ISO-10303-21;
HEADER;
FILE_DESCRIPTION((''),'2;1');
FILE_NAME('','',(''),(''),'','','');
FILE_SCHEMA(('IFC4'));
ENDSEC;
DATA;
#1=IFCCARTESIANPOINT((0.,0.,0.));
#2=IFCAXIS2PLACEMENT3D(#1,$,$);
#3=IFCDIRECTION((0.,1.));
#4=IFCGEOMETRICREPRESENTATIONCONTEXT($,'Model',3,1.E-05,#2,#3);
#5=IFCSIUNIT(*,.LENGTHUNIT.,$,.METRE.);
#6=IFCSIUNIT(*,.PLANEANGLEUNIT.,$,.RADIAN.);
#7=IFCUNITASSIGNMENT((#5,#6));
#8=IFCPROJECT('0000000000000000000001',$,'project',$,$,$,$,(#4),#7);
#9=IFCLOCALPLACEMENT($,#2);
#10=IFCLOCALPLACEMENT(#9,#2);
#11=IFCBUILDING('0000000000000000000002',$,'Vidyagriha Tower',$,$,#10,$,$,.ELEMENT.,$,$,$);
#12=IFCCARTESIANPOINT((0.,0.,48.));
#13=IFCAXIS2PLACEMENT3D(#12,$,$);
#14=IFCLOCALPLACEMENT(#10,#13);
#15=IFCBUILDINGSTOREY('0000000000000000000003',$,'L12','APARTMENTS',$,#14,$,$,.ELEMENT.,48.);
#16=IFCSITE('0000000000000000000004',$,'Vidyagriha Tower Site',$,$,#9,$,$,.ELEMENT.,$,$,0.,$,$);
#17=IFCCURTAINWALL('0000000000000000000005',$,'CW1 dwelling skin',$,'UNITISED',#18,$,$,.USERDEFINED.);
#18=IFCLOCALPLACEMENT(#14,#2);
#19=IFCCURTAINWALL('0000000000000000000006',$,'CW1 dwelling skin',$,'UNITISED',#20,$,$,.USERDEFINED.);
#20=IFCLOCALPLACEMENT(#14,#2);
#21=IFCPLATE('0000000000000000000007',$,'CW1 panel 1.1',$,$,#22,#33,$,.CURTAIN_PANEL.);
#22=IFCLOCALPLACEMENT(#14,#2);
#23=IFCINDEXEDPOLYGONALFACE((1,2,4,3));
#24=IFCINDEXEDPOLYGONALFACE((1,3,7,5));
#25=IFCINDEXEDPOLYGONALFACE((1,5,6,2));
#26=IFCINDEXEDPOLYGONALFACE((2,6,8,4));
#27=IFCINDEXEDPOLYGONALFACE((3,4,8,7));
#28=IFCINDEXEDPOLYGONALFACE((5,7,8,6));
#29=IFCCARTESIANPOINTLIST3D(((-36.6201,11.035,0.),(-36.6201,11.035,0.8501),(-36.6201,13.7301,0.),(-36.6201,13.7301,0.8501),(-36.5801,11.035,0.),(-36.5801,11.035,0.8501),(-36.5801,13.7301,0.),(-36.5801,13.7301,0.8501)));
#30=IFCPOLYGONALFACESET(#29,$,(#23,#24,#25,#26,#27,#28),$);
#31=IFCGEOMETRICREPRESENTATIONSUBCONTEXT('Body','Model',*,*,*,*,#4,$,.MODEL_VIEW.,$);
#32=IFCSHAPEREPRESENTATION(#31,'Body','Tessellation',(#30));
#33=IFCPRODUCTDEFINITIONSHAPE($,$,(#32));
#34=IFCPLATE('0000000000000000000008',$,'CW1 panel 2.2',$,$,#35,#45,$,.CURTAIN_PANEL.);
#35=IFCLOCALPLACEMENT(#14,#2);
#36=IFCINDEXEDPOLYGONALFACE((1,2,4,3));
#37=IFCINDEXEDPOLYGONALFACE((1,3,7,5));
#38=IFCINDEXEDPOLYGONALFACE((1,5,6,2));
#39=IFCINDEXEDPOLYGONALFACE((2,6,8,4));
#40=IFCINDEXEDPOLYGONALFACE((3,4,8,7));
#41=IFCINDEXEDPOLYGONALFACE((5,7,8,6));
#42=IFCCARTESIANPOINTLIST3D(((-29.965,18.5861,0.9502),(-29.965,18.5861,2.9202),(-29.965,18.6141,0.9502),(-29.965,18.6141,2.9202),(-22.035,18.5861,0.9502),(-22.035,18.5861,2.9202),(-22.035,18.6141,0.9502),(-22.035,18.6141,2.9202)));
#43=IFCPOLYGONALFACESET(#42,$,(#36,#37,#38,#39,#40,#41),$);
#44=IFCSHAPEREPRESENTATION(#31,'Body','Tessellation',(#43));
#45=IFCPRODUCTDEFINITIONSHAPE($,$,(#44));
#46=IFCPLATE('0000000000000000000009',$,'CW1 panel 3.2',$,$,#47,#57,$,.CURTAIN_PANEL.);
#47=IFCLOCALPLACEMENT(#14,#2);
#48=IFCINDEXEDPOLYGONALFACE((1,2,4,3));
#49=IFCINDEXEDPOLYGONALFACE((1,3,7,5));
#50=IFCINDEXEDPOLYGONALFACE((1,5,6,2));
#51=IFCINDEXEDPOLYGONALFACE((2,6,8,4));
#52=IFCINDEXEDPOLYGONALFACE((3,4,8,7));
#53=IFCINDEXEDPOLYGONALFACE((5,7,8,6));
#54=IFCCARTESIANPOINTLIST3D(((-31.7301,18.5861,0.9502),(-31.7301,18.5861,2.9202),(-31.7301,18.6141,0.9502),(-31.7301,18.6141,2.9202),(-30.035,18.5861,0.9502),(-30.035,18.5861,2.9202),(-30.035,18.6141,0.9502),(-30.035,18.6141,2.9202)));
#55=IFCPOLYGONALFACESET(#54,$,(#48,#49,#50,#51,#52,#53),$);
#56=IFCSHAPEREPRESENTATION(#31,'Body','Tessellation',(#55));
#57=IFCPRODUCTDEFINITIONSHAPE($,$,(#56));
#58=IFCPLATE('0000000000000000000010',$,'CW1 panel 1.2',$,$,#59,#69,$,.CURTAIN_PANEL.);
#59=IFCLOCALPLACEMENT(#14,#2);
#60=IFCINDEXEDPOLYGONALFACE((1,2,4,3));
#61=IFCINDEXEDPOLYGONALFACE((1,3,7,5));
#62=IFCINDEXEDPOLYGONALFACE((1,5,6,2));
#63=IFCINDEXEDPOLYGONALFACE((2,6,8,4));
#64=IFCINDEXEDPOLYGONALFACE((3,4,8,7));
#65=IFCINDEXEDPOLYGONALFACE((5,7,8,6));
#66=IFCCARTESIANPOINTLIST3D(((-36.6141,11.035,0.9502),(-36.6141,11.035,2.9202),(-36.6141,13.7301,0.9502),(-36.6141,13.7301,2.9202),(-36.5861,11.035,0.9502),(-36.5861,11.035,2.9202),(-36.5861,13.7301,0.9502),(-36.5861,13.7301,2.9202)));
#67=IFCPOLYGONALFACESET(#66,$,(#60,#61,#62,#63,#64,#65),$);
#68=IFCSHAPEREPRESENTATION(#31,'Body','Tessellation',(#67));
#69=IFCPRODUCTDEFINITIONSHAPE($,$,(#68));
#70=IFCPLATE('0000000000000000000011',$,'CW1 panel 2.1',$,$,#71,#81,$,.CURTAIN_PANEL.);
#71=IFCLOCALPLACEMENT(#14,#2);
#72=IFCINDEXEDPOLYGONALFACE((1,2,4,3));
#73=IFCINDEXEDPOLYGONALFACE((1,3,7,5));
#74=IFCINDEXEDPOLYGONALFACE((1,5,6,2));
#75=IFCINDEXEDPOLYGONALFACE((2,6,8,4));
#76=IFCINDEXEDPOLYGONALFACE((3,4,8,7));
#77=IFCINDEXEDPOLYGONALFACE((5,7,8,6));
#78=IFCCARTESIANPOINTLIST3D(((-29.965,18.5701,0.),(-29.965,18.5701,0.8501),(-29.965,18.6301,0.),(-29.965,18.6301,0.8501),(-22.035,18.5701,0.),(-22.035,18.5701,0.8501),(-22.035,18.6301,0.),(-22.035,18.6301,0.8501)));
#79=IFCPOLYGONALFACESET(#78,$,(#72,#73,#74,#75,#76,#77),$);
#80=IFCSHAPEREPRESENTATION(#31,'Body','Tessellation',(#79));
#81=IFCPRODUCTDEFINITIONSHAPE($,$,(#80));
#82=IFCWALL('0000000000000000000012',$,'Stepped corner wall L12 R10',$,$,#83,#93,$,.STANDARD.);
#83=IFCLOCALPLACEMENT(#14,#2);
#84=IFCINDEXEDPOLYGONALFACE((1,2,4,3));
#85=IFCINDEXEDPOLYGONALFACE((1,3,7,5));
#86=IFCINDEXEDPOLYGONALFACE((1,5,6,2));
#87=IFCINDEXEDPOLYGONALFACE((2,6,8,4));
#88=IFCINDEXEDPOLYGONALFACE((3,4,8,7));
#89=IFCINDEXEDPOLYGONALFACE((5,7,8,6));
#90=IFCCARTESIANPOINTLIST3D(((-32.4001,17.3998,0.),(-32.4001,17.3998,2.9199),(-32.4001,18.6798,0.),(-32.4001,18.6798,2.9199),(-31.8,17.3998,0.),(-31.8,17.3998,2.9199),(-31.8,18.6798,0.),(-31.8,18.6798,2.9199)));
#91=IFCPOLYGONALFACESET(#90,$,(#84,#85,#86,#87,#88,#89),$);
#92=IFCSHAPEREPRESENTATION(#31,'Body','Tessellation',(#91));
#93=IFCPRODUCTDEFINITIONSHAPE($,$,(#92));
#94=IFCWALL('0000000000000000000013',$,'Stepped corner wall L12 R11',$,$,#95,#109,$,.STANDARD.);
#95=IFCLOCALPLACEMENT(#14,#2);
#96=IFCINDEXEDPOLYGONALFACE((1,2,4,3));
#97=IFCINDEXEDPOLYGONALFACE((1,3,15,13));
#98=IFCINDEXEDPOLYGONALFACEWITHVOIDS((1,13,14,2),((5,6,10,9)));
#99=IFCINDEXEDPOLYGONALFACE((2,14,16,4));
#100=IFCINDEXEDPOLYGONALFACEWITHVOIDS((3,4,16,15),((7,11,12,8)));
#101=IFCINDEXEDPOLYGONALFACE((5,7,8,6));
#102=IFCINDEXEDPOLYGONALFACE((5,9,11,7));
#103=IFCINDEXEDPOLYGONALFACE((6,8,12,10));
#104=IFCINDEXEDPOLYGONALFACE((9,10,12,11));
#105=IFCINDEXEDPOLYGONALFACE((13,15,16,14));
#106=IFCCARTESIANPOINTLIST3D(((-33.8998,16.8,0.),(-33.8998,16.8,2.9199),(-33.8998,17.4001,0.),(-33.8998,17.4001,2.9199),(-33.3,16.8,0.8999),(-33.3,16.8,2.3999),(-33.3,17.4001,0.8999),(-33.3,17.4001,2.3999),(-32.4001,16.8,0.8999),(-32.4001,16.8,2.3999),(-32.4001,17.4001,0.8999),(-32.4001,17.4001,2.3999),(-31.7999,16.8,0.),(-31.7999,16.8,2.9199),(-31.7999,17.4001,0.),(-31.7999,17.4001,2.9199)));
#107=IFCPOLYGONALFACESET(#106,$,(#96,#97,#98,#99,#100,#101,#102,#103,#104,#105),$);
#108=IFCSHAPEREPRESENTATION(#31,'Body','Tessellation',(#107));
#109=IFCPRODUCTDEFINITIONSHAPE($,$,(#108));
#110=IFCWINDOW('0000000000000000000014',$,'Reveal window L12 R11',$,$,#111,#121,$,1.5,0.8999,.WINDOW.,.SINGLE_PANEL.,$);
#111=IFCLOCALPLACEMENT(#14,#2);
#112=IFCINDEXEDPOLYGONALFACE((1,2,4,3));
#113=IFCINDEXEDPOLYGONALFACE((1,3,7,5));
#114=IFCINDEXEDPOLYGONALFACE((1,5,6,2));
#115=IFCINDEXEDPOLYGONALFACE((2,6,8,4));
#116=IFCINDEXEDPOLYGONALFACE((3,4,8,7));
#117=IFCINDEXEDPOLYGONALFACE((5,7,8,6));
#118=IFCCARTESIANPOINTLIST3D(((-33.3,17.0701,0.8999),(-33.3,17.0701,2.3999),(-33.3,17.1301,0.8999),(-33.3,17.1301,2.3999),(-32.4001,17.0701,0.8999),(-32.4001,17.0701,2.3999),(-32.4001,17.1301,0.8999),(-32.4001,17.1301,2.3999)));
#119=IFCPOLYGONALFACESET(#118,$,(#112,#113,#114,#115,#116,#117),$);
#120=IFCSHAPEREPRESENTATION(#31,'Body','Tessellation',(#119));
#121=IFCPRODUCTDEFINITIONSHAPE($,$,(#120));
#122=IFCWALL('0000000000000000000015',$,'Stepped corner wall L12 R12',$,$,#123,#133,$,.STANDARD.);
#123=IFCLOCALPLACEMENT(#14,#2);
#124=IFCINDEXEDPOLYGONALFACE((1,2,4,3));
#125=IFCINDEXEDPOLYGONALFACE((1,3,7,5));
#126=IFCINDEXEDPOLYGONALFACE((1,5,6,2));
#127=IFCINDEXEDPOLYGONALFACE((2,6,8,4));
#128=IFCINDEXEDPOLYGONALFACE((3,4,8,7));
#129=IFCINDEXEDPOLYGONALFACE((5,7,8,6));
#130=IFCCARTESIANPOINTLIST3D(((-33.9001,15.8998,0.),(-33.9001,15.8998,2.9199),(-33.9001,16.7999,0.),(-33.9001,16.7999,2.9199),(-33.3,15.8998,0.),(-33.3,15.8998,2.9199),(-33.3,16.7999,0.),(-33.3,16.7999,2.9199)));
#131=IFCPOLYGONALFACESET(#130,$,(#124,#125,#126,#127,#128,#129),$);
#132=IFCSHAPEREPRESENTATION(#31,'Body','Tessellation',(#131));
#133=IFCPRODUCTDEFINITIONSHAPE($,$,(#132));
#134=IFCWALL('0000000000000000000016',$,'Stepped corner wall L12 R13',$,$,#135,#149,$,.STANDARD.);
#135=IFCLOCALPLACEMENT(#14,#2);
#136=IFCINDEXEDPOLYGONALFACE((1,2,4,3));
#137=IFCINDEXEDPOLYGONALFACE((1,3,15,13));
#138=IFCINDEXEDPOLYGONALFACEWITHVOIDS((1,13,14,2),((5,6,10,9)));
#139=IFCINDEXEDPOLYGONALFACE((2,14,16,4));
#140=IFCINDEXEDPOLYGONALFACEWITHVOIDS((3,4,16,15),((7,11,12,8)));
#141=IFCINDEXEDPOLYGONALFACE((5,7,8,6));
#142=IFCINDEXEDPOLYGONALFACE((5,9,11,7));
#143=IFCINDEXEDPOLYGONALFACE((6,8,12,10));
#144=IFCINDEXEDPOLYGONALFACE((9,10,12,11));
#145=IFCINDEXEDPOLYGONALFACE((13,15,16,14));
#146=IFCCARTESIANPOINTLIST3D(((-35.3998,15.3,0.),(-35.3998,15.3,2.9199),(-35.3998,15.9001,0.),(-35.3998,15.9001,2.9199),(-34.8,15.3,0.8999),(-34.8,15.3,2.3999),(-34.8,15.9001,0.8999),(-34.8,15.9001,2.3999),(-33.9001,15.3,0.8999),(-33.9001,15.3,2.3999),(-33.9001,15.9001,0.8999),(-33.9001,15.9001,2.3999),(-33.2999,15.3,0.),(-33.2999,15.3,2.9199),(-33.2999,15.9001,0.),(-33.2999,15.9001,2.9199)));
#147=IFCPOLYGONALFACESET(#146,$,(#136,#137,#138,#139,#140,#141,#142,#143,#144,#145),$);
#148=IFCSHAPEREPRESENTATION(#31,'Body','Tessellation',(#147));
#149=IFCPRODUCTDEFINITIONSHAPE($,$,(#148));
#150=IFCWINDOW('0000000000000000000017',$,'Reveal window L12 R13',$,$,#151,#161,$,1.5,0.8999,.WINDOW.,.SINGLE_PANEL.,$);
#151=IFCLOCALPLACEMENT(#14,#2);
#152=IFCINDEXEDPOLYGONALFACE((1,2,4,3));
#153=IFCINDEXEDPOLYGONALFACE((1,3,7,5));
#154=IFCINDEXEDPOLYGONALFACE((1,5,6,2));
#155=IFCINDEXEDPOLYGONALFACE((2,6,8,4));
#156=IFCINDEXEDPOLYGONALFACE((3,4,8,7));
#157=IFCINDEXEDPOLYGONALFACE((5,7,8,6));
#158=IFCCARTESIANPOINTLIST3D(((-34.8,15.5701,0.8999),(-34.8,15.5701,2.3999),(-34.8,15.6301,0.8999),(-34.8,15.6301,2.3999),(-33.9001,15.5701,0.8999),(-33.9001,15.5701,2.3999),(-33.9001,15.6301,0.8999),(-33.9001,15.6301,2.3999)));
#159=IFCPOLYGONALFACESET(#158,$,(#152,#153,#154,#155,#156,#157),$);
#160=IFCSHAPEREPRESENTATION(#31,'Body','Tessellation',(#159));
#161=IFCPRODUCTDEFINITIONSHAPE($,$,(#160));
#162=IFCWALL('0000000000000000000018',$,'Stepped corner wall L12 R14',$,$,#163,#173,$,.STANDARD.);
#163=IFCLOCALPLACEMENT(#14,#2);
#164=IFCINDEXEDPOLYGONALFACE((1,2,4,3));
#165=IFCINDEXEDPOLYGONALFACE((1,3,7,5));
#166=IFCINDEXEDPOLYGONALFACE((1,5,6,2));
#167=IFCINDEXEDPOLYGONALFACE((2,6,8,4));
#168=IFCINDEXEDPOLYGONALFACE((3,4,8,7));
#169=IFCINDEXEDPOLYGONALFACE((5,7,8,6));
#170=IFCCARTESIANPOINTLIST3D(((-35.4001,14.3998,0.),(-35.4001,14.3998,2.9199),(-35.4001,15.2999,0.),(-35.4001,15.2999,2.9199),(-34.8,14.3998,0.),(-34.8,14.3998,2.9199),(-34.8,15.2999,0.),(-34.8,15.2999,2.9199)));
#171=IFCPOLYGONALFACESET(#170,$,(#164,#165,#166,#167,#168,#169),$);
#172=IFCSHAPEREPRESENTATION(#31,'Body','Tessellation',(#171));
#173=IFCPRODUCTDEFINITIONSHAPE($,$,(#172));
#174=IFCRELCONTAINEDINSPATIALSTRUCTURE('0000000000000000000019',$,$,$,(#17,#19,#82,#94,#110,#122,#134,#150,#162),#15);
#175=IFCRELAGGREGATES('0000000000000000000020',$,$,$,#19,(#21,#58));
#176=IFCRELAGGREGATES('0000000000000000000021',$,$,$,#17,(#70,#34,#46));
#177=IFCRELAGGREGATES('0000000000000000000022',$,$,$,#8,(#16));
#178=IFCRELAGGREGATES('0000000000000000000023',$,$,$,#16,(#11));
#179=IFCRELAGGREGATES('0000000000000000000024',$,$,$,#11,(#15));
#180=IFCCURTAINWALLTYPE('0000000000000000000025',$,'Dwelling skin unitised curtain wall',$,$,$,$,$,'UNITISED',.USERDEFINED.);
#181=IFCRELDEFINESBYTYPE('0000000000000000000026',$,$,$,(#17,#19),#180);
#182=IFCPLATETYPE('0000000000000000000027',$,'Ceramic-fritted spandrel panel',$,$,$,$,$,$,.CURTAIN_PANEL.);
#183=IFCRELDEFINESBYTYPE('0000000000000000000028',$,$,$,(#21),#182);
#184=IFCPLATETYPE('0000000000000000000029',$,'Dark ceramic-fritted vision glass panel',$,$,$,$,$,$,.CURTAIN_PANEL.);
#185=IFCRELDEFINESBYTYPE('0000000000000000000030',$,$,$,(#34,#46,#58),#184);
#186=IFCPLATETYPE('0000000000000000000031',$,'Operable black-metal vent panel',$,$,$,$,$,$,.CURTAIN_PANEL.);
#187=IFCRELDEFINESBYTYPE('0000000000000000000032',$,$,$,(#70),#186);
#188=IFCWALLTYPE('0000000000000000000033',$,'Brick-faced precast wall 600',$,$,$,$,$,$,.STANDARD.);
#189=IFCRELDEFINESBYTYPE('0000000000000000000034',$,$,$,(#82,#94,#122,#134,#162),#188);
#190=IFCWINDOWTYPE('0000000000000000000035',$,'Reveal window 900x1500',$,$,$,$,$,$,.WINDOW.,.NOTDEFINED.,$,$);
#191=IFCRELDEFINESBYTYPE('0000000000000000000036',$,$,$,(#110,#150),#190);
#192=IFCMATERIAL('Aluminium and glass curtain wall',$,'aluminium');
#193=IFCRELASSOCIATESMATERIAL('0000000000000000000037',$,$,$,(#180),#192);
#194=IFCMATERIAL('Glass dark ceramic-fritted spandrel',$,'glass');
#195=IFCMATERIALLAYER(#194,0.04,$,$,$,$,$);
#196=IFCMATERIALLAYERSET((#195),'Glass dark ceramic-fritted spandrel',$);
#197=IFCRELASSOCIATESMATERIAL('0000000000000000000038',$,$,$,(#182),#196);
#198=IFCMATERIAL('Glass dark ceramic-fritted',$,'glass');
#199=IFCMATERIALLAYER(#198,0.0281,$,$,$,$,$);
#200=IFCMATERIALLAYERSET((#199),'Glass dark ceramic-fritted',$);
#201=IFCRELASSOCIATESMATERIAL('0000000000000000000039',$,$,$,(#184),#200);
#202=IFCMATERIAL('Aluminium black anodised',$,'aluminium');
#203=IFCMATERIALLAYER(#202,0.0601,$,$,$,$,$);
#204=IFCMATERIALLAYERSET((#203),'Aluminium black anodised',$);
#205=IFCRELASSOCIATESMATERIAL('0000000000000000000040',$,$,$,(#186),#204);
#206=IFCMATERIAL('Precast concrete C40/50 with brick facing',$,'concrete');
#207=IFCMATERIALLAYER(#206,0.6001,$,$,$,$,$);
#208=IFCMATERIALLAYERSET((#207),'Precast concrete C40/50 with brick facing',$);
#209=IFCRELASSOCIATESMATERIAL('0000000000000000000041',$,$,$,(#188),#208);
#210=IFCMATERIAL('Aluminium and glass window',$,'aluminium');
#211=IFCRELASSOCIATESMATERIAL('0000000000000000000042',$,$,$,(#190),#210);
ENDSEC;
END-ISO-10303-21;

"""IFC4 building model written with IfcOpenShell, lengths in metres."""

from ifc_helpers import new_model, si_unit, direction, frame, frame_2d, origin, origin_2d, place, context, subcontext, project, spatial, rectangle, extrude, material, layer, layer_set, type_object, element, fill, aggregate, save


model = new_model("IFC4")

# Units and contexts
model_context = context("Model", 3, precision=1e-05, world=origin(), true_north=direction((0.0, 1.0)))
body_context = subcontext(model_context, "Body", "Model", "MODEL_VIEW")
ifc_project = project(units=[si_unit("LENGTHUNIT", "METRE"), si_unit("PLANEANGLEUNIT", "RADIAN")], contexts=[model_context])

# Site, building, storey
site_placement = place(None, origin())
site = spatial("IfcSite", under=ifc_project, at=site_placement, Name="Vidyagriha Tower Site", CompositionType="ELEMENT", RefElevation=0.0)
building_placement = place(site_placement, origin())
building = spatial("IfcBuilding", under=site, at=building_placement, Name="Vidyagriha Tower", CompositionType="ELEMENT")
storey_placement = place(building_placement, frame((0.0, 0.0, 48.0)))
storey = spatial("IfcBuildingStorey", under=building, at=storey_placement, Name="L12", Description="APARTMENTS", CompositionType="ELEMENT", Elevation=48.0)

# Curtain wall
ifc_material_1 = material(Name="Aluminium and glass curtain wall", Category="aluminium")
curtain_wall_type = type_object("IfcCurtainWallType", Name="Dwelling skin unitised curtain wall", ElementType="UNITISED", PredefinedType="USERDEFINED", material=ifc_material_1)
curtain_wall_1_placement = place(storey_placement, origin())
curtain_wall_1 = element("IfcCurtainWall", 1, at=curtain_wall_1_placement, inside=storey, type_object=curtain_wall_type, Name="CW1 dwelling skin", ObjectType="UNITISED", PredefinedType="USERDEFINED")

# Curtain wall
curtain_wall_2_placement = place(storey_placement, origin())
curtain_wall_2 = element("IfcCurtainWall", 2, at=curtain_wall_2_placement, inside=storey, type_object=curtain_wall_type, Name="CW1 dwelling skin", ObjectType="UNITISED", PredefinedType="USERDEFINED")

# Plates
ifc_material_2 = material(Name="Glass dark ceramic-fritted spandrel", Category="glass")
ifc_layer_1 = layer(ifc_material_2, 0.04)
ifc_layer_set_1 = layer_set([ifc_layer_1], Name="Glass dark ceramic-fritted spandrel")
plate_type_1 = type_object("IfcPlateType", Name="Ceramic-fritted spandrel panel", PredefinedType="CURTAIN_PANEL", material=ifc_layer_set_1)
plate_1_placement = place(storey_placement, frame((-36.6001, 12.3826, 0.0), z_axis=(0.0, 0.0, 1.0), x_axis=(0.0, -1.0, 0.0)))
plate_1 = element("IfcPlate", 3, at=plate_1_placement, type_object=plate_type_1, Name="CW1 panel 1.1", PredefinedType="CURTAIN_PANEL", context=body_context, shape_type="SweptSolid", body=[
    extrude(rectangle(XDim=2.6951, YDim=0.04, at=origin_2d()), origin(), (0.0, 0.0, 1.0), 0.8501),
])
ifc_material_3 = material(Name="Glass dark ceramic-fritted", Category="glass")
ifc_layer_2 = layer(ifc_material_3, 0.0281)
ifc_layer_set_2 = layer_set([ifc_layer_2], Name="Glass dark ceramic-fritted")
plate_type_2 = type_object("IfcPlateType", Name="Dark ceramic-fritted vision glass panel", PredefinedType="CURTAIN_PANEL", material=ifc_layer_set_2)
plate_2_placement = place(storey_placement, frame((-26.0, 18.6001, 0.9502), z_axis=(0.0, 0.0, 1.0), x_axis=(-1.0, 0.0, 0.0)))
plate_2 = element("IfcPlate", 4, at=plate_2_placement, type_object=plate_type_2, Name="CW1 panel 2.2", PredefinedType="CURTAIN_PANEL", context=body_context, shape_type="SweptSolid", body=[
    extrude(rectangle(XDim=7.9299, YDim=0.0281, at=origin_2d()), origin(), (0.0, 0.0, 1.0), 1.97),
])
plate_3_placement = place(storey_placement, frame((-30.8826, 18.6001, 0.9502), z_axis=(0.0, 0.0, 1.0), x_axis=(-1.0, 0.0, 0.0)))
plate_3 = element("IfcPlate", 5, at=plate_3_placement, type_object=plate_type_2, Name="CW1 panel 3.2", PredefinedType="CURTAIN_PANEL", context=body_context, shape_type="SweptSolid", body=[
    extrude(rectangle(XDim=1.6951, YDim=0.0281, at=origin_2d()), origin(), (0.0, 0.0, 1.0), 1.97),
])
plate_4_placement = place(storey_placement, frame((-36.6001, 12.3826, 0.9502), z_axis=(0.0, 0.0, 1.0), x_axis=(0.0, -1.0, 0.0)))
plate_4 = element("IfcPlate", 6, at=plate_4_placement, type_object=plate_type_2, Name="CW1 panel 1.2", PredefinedType="CURTAIN_PANEL", context=body_context, shape_type="SweptSolid", body=[
    extrude(rectangle(XDim=2.6951, YDim=0.0281, at=origin_2d()), origin(), (0.0, 0.0, 1.0), 1.97),
])
aggregate(curtain_wall_2, [plate_1, plate_4])
ifc_material_4 = material(Name="Aluminium black anodised", Category="aluminium")
ifc_layer_3 = layer(ifc_material_4, 0.0601)
ifc_layer_set_3 = layer_set([ifc_layer_3], Name="Aluminium black anodised")
plate_type_3 = type_object("IfcPlateType", Name="Operable black-metal vent panel", PredefinedType="CURTAIN_PANEL", material=ifc_layer_set_3)
plate_5_placement = place(storey_placement, frame((-26.0, 18.6001, 0.0), z_axis=(0.0, 0.0, 1.0), x_axis=(-1.0, 0.0, 0.0)))
plate_5 = element("IfcPlate", 7, at=plate_5_placement, type_object=plate_type_3, Name="CW1 panel 2.1", PredefinedType="CURTAIN_PANEL", context=body_context, shape_type="SweptSolid", body=[
    extrude(rectangle(XDim=7.9299, YDim=0.0601, at=origin_2d()), origin(), (0.0, 0.0, 1.0), 0.8501),
])
aggregate(curtain_wall_1, [plate_5, plate_2, plate_3])

# Wall
ifc_material_5 = material(Name="Precast concrete C40/50 with brick facing", Category="concrete")
ifc_layer_4 = layer(ifc_material_5, 0.6001)
ifc_layer_set_4 = layer_set([ifc_layer_4], Name="Precast concrete C40/50 with brick facing")
wall_type_1 = type_object("IfcWallType", Name="Brick-faced precast wall 600", PredefinedType="STANDARD", material=ifc_layer_set_4)
wall_1_placement = place(storey_placement, frame((-32.1001, 18.6799, 0.0), z_axis=(0.0, 0.0, 1.0), x_axis=(0.0, -1.0, 0.0)))
element("IfcWall", 8, at=wall_1_placement, inside=storey, type_object=wall_type_1, Name="Stepped corner wall L12 R10", PredefinedType="STANDARD", context=body_context, shape_type="SweptSolid", body=[
    extrude(rectangle(XDim=1.28, YDim=0.6001, at=frame_2d((0.6401, 0.0))), origin(), (0.0, 0.0, 1.0), 2.9199),
])

# Wall, opening, window
wall_2_placement = place(storey_placement, frame((-31.8, 17.1001, 0.0), z_axis=(0.0, 0.0, 1.0), x_axis=(-1.0, 0.0, 0.0)))
wall_2 = element("IfcWall", 9, at=wall_2_placement, inside=storey, type_object=wall_type_1, Name="Stepped corner wall L12 R11", PredefinedType="STANDARD", context=body_context, shape_type="SweptSolid", body=[
    extrude(rectangle(XDim=2.0999, YDim=0.6001, at=frame_2d((1.0498, 0.0))), origin(), (0.0, 0.0, 1.0), 2.9199),
])
opening_1_placement = place(wall_2_placement, frame((0.6001, 0.0, 0.8999)))
opening_1 = element("IfcOpeningElement", 10, at=opening_1_placement, cuts=wall_2, PredefinedType="OPENING", context=body_context, shape_type="SweptSolid", body=[
    extrude(rectangle(XDim=0.8999, YDim=1.5, at=frame_2d((0.45, 0.75))), frame((0.0, 0.3101, 0.0), z_axis=(0.0, -1.0, 0.0), x_axis=(1.0, 0.0, 0.0)), (0.0, 0.0, 1.0), 0.6201),
])
ifc_material_6 = material(Name="Aluminium and glass window", Category="aluminium")
window_type = type_object("IfcWindowType", Name="Reveal window 900x1500", PartitioningType="NOTDEFINED", PredefinedType="WINDOW", material=ifc_material_6)
window_1_placement = place(opening_1_placement, origin())
window_1 = element("IfcWindow", 11, at=window_1_placement, inside=storey, type_object=window_type, Name="Reveal window L12 R11", OverallHeight=1.5, OverallWidth=0.8999, PartitioningType="SINGLE_PANEL", PredefinedType="WINDOW", context=body_context, shape_type="SweptSolid", body=[
    extrude(rectangle(XDim=0.8999, YDim=1.5, at=frame_2d((0.45, 0.75))), frame((0.0, 0.03, 0.0), z_axis=(0.0, -1.0, 0.0), x_axis=(1.0, 0.0, 0.0)), (0.0, 0.0, 1.0), 0.0601),
])
fill(opening_1, window_1)

# Wall
wall_3_placement = place(storey_placement, frame((-33.6001, 16.8, 0.0), z_axis=(0.0, 0.0, 1.0), x_axis=(0.0, -1.0, 0.0)))
element("IfcWall", 12, at=wall_3_placement, inside=storey, type_object=wall_type_1, Name="Stepped corner wall L12 R12", PredefinedType="STANDARD", context=body_context, shape_type="SweptSolid", body=[
    extrude(rectangle(XDim=0.9001, YDim=0.6001, at=frame_2d((0.4502, 0.0))), origin(), (0.0, 0.0, 1.0), 2.9199),
])

# Wall, opening, window
wall_4_placement = place(storey_placement, frame((-33.3, 15.6001, 0.0), z_axis=(0.0, 0.0, 1.0), x_axis=(-1.0, 0.0, 0.0)))
wall_4 = element("IfcWall", 13, at=wall_4_placement, inside=storey, type_object=wall_type_1, Name="Stepped corner wall L12 R13", PredefinedType="STANDARD", context=body_context, shape_type="SweptSolid", body=[
    extrude(rectangle(XDim=2.0999, YDim=0.6001, at=frame_2d((1.0498, 0.0))), origin(), (0.0, 0.0, 1.0), 2.9199),
])
opening_2_placement = place(wall_4_placement, frame((0.6001, 0.0, 0.8999)))
opening_2 = element("IfcOpeningElement", 14, at=opening_2_placement, cuts=wall_4, PredefinedType="OPENING", context=body_context, shape_type="SweptSolid", body=[
    extrude(rectangle(XDim=0.8999, YDim=1.5, at=frame_2d((0.45, 0.75))), frame((0.0, 0.3101, 0.0), z_axis=(0.0, -1.0, 0.0), x_axis=(1.0, 0.0, 0.0)), (0.0, 0.0, 1.0), 0.6201),
])
window_2_placement = place(opening_2_placement, origin())
window_2 = element("IfcWindow", 15, at=window_2_placement, inside=storey, type_object=window_type, Name="Reveal window L12 R13", OverallHeight=1.5, OverallWidth=0.8999, PartitioningType="SINGLE_PANEL", PredefinedType="WINDOW", context=body_context, shape_type="SweptSolid", body=[
    extrude(rectangle(XDim=0.8999, YDim=1.5, at=frame_2d((0.45, 0.75))), frame((0.0, 0.03, 0.0), z_axis=(0.0, -1.0, 0.0), x_axis=(1.0, 0.0, 0.0)), (0.0, 0.0, 1.0), 0.0601),
])
fill(opening_2, window_2)

# Wall
wall_5_placement = place(storey_placement, frame((-35.1001, 15.3, 0.0), z_axis=(0.0, 0.0, 1.0), x_axis=(0.0, -1.0, 0.0)))
element("IfcWall", 16, at=wall_5_placement, inside=storey, type_object=wall_type_1, Name="Stepped corner wall L12 R14", PredefinedType="STANDARD", context=body_context, shape_type="SweptSolid", body=[
    extrude(rectangle(XDim=0.9001, YDim=0.6001, at=frame_2d((0.4502, 0.0))), origin(), (0.0, 0.0, 1.0), 2.9199),
])

save(model, "model.ifc")
